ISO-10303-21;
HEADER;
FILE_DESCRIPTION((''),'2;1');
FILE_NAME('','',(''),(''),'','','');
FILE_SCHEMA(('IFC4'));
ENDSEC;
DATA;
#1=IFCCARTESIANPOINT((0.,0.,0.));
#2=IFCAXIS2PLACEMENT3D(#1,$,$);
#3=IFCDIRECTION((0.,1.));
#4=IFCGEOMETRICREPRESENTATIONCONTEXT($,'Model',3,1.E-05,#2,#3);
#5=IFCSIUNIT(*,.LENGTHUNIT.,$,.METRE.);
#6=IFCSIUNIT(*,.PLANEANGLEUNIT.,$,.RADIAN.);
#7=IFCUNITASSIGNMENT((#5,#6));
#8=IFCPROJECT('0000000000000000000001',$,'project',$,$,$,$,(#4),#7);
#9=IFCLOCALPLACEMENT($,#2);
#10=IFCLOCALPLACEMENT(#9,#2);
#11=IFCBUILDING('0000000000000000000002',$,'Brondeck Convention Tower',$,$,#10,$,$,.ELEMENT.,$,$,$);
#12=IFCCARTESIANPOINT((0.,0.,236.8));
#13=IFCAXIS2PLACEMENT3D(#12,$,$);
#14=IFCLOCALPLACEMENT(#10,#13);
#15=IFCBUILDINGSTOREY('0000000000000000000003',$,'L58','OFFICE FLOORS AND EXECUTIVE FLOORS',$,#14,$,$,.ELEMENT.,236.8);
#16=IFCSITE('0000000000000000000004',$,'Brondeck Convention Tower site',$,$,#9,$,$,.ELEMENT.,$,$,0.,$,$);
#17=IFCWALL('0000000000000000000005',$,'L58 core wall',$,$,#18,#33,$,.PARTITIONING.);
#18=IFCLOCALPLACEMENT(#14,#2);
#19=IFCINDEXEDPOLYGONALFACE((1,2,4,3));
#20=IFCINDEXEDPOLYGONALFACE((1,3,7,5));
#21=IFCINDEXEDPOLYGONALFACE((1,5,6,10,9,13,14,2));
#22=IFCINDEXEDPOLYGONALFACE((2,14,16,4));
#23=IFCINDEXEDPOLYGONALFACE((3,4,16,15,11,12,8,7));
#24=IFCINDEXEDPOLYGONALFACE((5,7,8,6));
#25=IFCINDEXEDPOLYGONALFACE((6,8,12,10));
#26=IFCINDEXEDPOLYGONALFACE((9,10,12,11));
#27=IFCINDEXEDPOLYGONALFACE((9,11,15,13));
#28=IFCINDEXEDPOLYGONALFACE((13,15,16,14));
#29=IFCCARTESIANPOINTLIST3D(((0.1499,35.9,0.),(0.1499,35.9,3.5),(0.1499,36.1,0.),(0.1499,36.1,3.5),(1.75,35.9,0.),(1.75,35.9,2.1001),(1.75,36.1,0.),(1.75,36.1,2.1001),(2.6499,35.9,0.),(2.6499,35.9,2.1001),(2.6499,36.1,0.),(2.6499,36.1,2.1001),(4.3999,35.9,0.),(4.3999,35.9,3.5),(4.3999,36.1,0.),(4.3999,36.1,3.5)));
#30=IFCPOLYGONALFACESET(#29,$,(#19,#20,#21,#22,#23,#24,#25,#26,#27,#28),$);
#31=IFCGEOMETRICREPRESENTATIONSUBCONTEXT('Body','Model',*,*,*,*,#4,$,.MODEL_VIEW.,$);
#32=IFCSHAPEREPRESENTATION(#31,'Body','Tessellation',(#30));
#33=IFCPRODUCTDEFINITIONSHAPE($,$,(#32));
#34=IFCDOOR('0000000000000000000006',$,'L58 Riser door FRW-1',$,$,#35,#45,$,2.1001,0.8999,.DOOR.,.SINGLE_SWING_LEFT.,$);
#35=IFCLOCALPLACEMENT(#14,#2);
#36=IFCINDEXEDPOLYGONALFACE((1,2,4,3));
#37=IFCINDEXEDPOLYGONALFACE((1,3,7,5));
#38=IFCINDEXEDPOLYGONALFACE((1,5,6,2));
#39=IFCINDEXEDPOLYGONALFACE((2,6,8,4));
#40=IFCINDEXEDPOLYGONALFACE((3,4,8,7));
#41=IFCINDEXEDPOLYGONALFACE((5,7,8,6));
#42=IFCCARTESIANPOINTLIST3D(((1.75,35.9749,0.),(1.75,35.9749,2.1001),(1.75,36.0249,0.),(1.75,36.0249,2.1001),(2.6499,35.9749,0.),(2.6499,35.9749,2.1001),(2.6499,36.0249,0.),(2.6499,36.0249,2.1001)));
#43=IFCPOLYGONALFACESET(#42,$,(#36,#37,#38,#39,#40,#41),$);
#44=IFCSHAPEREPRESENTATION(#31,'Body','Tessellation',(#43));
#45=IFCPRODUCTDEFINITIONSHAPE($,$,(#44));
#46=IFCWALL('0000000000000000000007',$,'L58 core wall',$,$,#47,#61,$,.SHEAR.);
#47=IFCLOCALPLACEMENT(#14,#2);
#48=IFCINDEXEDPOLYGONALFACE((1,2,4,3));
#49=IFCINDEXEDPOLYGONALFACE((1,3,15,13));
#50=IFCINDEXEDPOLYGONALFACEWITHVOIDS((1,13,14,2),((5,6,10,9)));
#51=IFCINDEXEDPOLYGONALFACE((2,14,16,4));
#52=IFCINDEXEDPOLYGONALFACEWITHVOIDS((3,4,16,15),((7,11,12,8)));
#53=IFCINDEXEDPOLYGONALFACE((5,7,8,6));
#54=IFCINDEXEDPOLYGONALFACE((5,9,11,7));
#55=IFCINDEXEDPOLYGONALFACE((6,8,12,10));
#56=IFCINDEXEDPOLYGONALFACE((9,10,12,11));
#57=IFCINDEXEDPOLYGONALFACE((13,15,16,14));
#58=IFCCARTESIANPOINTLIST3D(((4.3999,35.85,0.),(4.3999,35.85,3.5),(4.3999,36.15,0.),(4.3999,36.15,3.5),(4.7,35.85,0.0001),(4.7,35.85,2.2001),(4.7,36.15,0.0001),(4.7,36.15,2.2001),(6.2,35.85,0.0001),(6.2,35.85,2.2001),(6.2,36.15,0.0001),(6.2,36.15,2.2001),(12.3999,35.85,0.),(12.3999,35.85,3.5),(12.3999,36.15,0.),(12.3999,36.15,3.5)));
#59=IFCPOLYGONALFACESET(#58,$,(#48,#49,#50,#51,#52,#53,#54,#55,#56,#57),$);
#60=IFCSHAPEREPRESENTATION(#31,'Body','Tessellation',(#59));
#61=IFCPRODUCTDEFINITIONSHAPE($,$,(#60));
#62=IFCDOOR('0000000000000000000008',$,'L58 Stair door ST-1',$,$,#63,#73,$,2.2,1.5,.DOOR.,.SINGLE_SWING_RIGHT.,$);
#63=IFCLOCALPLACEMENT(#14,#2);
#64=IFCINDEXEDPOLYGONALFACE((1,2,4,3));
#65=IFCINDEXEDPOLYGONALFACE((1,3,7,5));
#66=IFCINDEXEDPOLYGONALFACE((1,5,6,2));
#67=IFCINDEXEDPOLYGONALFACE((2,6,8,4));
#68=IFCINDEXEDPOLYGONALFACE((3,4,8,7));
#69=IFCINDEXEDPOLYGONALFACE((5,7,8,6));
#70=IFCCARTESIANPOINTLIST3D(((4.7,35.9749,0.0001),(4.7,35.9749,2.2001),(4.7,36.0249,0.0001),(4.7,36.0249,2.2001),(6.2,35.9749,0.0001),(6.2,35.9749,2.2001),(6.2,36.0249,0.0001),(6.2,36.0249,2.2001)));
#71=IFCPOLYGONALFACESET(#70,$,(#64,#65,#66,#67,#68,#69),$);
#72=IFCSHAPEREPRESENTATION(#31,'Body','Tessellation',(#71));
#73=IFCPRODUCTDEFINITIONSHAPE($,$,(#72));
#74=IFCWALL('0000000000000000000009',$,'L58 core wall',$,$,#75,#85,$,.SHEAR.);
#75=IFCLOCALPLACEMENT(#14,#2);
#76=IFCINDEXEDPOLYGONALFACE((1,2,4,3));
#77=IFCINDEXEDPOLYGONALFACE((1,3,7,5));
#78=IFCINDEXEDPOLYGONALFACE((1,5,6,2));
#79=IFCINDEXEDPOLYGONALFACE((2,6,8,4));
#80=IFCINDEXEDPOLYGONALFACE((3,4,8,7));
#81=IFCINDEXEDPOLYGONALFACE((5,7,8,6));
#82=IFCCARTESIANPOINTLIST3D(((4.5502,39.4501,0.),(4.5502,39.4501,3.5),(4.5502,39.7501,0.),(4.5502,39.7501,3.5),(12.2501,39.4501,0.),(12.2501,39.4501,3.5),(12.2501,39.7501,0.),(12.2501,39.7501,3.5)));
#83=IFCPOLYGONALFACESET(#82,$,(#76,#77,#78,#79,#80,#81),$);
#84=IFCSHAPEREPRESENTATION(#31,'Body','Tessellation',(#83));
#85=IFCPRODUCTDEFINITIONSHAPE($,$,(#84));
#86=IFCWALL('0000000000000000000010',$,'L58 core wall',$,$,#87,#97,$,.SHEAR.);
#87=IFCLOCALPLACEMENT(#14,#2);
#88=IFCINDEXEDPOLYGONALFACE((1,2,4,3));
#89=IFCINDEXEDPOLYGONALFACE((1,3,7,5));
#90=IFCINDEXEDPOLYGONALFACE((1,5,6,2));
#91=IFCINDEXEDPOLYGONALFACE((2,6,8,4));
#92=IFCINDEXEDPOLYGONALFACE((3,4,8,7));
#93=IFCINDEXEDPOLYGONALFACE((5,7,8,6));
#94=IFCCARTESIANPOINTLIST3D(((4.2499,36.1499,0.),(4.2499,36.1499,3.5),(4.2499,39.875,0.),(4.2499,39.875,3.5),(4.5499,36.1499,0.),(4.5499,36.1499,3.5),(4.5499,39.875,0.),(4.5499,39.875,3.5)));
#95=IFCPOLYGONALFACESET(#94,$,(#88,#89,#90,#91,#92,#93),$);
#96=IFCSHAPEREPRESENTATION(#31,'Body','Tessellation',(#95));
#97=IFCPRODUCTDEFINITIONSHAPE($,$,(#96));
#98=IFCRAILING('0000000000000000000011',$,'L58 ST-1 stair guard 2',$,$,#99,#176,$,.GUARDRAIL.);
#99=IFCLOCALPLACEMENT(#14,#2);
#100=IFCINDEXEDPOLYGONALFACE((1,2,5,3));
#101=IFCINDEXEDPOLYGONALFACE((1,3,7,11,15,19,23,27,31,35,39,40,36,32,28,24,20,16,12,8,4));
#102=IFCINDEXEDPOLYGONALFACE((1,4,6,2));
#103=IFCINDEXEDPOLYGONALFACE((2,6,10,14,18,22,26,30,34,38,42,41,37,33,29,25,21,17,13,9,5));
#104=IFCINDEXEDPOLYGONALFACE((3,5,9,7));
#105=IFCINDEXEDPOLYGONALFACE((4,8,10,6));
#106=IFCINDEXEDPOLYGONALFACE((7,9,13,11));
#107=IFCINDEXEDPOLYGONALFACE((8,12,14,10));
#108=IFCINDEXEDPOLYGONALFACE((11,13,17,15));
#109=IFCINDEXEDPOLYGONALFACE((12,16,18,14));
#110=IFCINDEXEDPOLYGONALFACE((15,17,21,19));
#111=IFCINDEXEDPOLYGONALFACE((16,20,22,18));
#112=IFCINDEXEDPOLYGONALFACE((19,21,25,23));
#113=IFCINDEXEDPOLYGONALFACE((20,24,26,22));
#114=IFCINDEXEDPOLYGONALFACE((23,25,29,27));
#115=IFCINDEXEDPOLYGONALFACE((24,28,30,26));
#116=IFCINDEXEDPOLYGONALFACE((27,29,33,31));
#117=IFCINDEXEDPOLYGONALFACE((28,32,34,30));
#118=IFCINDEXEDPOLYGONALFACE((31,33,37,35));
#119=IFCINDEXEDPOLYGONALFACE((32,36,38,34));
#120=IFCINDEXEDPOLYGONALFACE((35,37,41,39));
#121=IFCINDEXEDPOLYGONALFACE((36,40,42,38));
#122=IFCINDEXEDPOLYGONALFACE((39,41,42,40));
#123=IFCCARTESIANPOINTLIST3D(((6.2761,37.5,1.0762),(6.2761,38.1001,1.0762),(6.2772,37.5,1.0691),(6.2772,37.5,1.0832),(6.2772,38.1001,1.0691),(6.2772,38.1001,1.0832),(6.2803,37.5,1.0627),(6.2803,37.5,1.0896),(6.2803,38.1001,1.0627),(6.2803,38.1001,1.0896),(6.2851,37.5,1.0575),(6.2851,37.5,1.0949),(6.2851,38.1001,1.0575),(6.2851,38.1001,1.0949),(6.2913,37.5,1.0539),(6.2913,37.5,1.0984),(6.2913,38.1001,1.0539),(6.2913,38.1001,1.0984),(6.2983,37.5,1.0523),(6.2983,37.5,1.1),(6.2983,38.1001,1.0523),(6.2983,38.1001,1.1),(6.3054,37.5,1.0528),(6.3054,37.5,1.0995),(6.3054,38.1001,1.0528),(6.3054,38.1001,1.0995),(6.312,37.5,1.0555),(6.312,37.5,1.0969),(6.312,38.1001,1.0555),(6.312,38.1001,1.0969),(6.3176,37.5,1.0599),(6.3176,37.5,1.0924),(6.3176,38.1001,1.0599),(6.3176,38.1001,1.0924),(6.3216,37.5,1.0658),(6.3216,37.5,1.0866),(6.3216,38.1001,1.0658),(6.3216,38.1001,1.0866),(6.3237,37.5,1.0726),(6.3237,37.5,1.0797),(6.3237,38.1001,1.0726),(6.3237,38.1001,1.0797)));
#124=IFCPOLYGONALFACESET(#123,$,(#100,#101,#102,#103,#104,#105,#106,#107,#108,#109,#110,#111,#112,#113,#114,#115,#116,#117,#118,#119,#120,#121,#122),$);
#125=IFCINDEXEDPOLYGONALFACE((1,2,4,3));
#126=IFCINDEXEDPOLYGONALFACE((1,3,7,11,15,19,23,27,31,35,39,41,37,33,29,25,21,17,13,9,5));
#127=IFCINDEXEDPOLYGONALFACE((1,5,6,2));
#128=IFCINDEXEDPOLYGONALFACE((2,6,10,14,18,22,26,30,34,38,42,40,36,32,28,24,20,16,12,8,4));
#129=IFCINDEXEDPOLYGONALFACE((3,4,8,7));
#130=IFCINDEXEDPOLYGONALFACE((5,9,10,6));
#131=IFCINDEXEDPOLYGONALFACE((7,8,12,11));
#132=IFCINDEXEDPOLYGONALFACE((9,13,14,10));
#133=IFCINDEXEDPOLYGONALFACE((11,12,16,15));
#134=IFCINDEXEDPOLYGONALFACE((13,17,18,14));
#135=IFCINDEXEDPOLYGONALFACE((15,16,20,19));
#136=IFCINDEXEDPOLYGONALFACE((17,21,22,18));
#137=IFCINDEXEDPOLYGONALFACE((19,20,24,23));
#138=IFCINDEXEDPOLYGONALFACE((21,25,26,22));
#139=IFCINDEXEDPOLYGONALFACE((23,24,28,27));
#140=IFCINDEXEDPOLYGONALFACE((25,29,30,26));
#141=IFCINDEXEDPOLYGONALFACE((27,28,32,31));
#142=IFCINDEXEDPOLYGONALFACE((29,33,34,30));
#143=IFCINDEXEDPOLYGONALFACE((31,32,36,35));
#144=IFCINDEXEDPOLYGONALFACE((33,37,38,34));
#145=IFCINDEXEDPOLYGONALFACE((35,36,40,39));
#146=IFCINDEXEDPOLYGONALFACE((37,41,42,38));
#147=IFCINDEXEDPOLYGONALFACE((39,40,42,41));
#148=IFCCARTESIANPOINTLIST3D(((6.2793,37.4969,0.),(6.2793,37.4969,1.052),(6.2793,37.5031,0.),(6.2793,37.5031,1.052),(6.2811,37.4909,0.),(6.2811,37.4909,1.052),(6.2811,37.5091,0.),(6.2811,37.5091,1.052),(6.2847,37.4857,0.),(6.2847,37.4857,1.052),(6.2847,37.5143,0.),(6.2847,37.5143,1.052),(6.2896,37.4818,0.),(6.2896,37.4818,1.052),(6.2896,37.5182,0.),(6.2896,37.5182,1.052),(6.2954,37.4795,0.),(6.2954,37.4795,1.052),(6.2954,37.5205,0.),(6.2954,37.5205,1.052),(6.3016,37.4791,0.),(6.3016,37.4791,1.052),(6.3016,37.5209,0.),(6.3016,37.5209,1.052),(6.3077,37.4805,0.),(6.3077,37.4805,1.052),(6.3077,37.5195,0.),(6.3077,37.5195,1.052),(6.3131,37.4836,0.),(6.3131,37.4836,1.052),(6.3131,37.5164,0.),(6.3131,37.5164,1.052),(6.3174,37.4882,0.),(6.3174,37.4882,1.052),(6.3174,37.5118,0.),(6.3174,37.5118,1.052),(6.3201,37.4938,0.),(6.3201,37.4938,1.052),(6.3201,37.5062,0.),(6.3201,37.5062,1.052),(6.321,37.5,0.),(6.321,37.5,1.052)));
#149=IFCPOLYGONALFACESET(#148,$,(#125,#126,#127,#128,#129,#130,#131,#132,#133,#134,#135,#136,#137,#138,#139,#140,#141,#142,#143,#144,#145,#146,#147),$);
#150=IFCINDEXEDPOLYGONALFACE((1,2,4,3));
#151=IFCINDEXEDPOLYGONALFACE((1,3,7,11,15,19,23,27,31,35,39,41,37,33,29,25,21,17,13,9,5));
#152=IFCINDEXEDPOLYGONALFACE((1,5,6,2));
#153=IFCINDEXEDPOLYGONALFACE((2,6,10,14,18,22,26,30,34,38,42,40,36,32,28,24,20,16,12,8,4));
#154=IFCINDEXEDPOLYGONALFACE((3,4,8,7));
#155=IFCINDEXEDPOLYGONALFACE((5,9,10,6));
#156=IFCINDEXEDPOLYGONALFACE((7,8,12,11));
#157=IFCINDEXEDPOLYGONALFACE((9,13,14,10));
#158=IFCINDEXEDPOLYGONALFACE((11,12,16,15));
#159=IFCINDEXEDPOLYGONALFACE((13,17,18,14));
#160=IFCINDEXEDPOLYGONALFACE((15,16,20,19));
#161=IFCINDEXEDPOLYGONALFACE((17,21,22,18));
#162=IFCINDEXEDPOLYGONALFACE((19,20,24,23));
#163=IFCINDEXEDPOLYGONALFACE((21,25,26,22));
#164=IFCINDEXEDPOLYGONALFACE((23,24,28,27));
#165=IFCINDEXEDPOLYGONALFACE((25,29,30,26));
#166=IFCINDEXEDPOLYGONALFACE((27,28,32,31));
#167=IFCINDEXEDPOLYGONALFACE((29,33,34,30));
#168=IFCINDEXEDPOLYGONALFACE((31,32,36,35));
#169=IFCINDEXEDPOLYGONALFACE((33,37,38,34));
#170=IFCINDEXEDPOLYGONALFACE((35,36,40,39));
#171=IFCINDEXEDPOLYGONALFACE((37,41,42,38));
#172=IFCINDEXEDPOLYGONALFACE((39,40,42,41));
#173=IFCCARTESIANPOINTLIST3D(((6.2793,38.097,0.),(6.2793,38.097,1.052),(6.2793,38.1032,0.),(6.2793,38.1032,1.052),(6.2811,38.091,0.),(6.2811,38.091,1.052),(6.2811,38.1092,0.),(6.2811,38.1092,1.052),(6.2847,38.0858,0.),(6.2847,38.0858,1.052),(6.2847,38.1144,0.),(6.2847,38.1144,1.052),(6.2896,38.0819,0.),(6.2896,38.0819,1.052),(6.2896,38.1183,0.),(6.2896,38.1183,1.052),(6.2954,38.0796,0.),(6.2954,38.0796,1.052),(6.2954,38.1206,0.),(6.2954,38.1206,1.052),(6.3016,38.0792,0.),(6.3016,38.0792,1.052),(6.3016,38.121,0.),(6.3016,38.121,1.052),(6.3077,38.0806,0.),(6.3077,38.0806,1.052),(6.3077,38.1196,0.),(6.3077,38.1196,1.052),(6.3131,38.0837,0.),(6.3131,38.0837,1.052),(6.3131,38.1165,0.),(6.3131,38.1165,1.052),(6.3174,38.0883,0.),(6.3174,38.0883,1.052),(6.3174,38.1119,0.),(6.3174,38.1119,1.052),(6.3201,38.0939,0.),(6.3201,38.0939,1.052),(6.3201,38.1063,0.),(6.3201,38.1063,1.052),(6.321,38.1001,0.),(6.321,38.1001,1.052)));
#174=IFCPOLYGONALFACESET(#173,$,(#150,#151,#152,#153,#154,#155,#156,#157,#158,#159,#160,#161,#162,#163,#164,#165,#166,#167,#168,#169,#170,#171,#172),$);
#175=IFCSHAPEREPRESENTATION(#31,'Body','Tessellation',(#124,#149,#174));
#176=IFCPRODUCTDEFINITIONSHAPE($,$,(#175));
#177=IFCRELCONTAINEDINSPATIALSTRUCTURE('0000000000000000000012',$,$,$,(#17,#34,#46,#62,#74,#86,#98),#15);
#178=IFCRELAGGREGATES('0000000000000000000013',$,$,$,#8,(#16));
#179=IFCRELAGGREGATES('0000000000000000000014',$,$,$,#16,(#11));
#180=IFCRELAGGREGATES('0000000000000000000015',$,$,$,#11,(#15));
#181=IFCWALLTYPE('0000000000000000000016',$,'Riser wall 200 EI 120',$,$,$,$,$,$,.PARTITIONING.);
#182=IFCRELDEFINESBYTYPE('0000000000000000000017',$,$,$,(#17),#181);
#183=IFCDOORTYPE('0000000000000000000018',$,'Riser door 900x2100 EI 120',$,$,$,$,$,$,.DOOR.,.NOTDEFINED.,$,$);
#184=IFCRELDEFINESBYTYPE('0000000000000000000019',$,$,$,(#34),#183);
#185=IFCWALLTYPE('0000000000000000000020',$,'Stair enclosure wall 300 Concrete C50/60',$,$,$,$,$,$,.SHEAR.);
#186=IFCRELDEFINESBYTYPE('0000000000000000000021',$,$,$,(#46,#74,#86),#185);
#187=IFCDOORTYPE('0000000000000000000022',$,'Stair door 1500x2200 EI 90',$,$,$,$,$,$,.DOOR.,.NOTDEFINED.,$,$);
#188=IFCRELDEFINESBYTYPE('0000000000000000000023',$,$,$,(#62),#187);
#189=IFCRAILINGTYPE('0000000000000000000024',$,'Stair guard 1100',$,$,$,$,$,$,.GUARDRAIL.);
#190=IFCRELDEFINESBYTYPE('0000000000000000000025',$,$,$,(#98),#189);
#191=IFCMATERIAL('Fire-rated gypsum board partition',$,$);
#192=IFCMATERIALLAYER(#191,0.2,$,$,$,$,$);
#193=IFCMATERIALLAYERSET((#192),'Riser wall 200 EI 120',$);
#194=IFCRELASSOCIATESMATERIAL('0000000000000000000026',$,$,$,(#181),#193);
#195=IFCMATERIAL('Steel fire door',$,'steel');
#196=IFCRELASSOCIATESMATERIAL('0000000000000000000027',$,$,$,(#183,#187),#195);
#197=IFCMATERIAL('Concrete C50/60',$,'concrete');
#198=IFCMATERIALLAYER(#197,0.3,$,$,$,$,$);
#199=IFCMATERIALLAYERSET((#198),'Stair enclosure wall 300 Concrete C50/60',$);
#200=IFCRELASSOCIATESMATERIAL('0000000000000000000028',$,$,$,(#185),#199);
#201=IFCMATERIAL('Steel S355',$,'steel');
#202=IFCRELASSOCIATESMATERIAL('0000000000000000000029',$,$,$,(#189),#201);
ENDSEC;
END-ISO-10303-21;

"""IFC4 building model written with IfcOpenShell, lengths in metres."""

from ifc_helpers import new_model, si_unit, direction, frame, frame_2d, origin, origin_2d, place, context, subcontext, project, spatial, rectangle, circle, extrude, material, layer, layer_set, type_object, element, fill, save


model = new_model("IFC4")

# Units and contexts
model_context = context("Model", 3, precision=1e-05, world=origin(), true_north=direction((0.0, 1.0)))
body_context = subcontext(model_context, "Body", "Model", "MODEL_VIEW")
ifc_project = project(units=[si_unit("LENGTHUNIT", "METRE"), si_unit("PLANEANGLEUNIT", "RADIAN")], contexts=[model_context])

# Site, building, storey
site_placement = place(None, origin())
site = spatial("IfcSite", under=ifc_project, at=site_placement, Name="Brondeck Convention Tower site", CompositionType="ELEMENT", RefElevation=0.0)
building_placement = place(site_placement, origin())
building = spatial("IfcBuilding", under=site, at=building_placement, Name="Brondeck Convention Tower", CompositionType="ELEMENT")
storey_placement = place(building_placement, frame((0.0, 0.0, 236.8)))
storey = spatial("IfcBuildingStorey", under=building, at=storey_placement, Name="L58", Description="OFFICE FLOORS AND EXECUTIVE FLOORS", CompositionType="ELEMENT", Elevation=236.8)

# Shared definitions
ifc_material_1 = material(Name="Concrete C50/60", Category="concrete")

# Shared definitions
ifc_material_2 = material(Name="Steel S355", Category="steel")

# Walls, openings, doors
ifc_material_3 = material(Name="Fire-rated gypsum board partition")
ifc_layer_1 = layer(ifc_material_3, 0.2)
ifc_layer_set_1 = layer_set([ifc_layer_1], Name="Riser wall 200 EI 120")
wall_type_1 = type_object("IfcWallType", Name="Riser wall 200 EI 120", PredefinedType="PARTITIONING", material=ifc_layer_set_1)
wall_1_placement = place(storey_placement, frame((0.1499, 36.0, 0.0), z_axis=(0.0, 0.0, 1.0), x_axis=(1.0, 0.0, 0.0)))
wall_1 = element("IfcWall", 1, at=wall_1_placement, inside=storey, type_object=wall_type_1, Name="L58 core wall", PredefinedType="PARTITIONING", context=body_context, shape_type="SweptSolid", body=[
    extrude(rectangle(XDim=4.25, YDim=0.2, at=frame_2d((2.125, 0.0))), origin(), (0.0, 0.0, 1.0), 3.5),
])
opening_1_placement = place(wall_1_placement, frame((1.6001, 0.0, 0.0)))
opening_1 = element("IfcOpeningElement", 2, at=opening_1_placement, cuts=wall_1, PredefinedType="OPENING", context=body_context, shape_type="SweptSolid", body=[
    extrude(rectangle(XDim=0.8999, YDim=2.1001, at=frame_2d((0.45, 1.05))), frame((0.0, 0.1099, 0.0), z_axis=(0.0, -1.0, 0.0), x_axis=(1.0, 0.0, 0.0)), (0.0, 0.0, 1.0), 0.22),
])
ifc_material_4 = material(Name="Steel fire door", Category="steel")
door_type_1 = type_object("IfcDoorType", Name="Riser door 900x2100 EI 120", OperationType="NOTDEFINED", PredefinedType="DOOR", material=ifc_material_4)
door_1_placement = place(opening_1_placement, origin())
door_1 = element("IfcDoor", 3, at=door_1_placement, inside=storey, type_object=door_type_1, Name="L58 Riser door FRW-1", OperationType="SINGLE_SWING_LEFT", OverallHeight=2.1001, OverallWidth=0.8999, PredefinedType="DOOR", context=body_context, shape_type="SweptSolid", body=[
    extrude(rectangle(XDim=0.8999, YDim=2.1001, at=frame_2d((0.45, 1.05))), frame((0.0, 0.0249, 0.0), z_axis=(0.0, -1.0, 0.0), x_axis=(1.0, 0.0, 0.0)), (0.0, 0.0, 1.0), 0.05),
])
fill(opening_1, door_1)
ifc_layer_2 = layer(ifc_material_1, 0.3)
ifc_layer_set_2 = layer_set([ifc_layer_2], Name="Stair enclosure wall 300 Concrete C50/60")
wall_type_2 = type_object("IfcWallType", Name="Stair enclosure wall 300 Concrete C50/60", PredefinedType="SHEAR", material=ifc_layer_set_2)
wall_2_placement = place(storey_placement, frame((4.3999, 36.0, 0.0), z_axis=(0.0, 0.0, 1.0), x_axis=(1.0, 0.0, 0.0)))
wall_2 = element("IfcWall", 4, at=wall_2_placement, inside=storey, type_object=wall_type_2, Name="L58 core wall", PredefinedType="SHEAR", context=body_context, shape_type="SweptSolid", body=[
    extrude(rectangle(XDim=8.0, YDim=0.3, at=frame_2d((4.0, 0.0))), origin(), (0.0, 0.0, 1.0), 3.5),
])
opening_2_placement = place(wall_2_placement, frame((0.3, 0.0, 0.0)))
opening_2 = element("IfcOpeningElement", 5, at=opening_2_placement, cuts=wall_2, PredefinedType="OPENING", context=body_context, shape_type="SweptSolid", body=[
    extrude(rectangle(XDim=1.5, YDim=2.2, at=frame_2d((0.75, 1.1001))), frame((0.0, 0.1599, 0.0), z_axis=(0.0, -1.0, 0.0), x_axis=(1.0, 0.0, 0.0)), (0.0, 0.0, 1.0), 0.3201),
])
door_type_2 = type_object("IfcDoorType", Name="Stair door 1500x2200 EI 90", OperationType="NOTDEFINED", PredefinedType="DOOR", material=ifc_material_4)
door_2_placement = place(opening_2_placement, origin())
door_2 = element("IfcDoor", 6, at=door_2_placement, inside=storey, type_object=door_type_2, Name="L58 Stair door ST-1", OperationType="SINGLE_SWING_RIGHT", OverallHeight=2.2, OverallWidth=1.5, PredefinedType="DOOR", context=body_context, shape_type="SweptSolid", body=[
    extrude(rectangle(XDim=1.5, YDim=2.2, at=frame_2d((0.75, 1.1001))), frame((0.0, 0.0249, 0.0), z_axis=(0.0, -1.0, 0.0), x_axis=(1.0, 0.0, 0.0)), (0.0, 0.0, 1.0), 0.05),
])
fill(opening_2, door_2)

# Walls
wall_3_placement = place(storey_placement, frame((4.55, 39.6001, 0.0), z_axis=(0.0, 0.0, 1.0), x_axis=(1.0, 0.0, 0.0)))
element("IfcWall", 7, at=wall_3_placement, inside=storey, type_object=wall_type_2, Name="L58 core wall", PredefinedType="SHEAR", context=body_context, shape_type="SweptSolid", body=[
    extrude(rectangle(XDim=7.7, YDim=0.3, at=frame_2d((3.8501, 0.0))), origin(), (0.0, 0.0, 1.0), 3.5),
])
wall_4_placement = place(storey_placement, frame((4.3999, 36.1499, 0.0), z_axis=(0.0, 0.0, 1.0), x_axis=(0.0, 1.0, 0.0)))
element("IfcWall", 8, at=wall_4_placement, inside=storey, type_object=wall_type_2, Name="L58 core wall", PredefinedType="SHEAR", context=body_context, shape_type="SweptSolid", body=[
    extrude(rectangle(XDim=3.7251, YDim=0.3, at=frame_2d((1.8625, 0.0))), origin(), (0.0, 0.0, 1.0), 3.5),
])

# Railing
railing_type_1 = type_object("IfcRailingType", Name="Stair guard 1100", PredefinedType="GUARDRAIL", material=ifc_material_2)
railing_1_placement = place(storey_placement, frame((6.3, 37.5, 0.0)))
element("IfcRailing", 9, at=railing_1_placement, inside=storey, type_object=railing_type_1, Name="L58 ST-1 stair guard 2", PredefinedType="GUARDRAIL", context=body_context, shape_type="SweptSolid", body=[
    extrude(circle(Radius=0.0239, at=origin_2d()), frame((0.0, 0.0, 1.0762), z_axis=(0.0, 1.0, 0.0), x_axis=(-1.0, 0.0, 0.0)), (0.0, 0.0, 1.0), 0.6001),
    extrude(circle(Radius=0.021, at=origin_2d()), origin(), (0.0, 0.0, 1.0), 1.052),
    extrude(circle(Radius=0.021, at=origin_2d()), frame((0.0, 0.6001, 0.0)), (0.0, 0.0, 1.0), 1.052),
])

save(model, "model.ifc")
